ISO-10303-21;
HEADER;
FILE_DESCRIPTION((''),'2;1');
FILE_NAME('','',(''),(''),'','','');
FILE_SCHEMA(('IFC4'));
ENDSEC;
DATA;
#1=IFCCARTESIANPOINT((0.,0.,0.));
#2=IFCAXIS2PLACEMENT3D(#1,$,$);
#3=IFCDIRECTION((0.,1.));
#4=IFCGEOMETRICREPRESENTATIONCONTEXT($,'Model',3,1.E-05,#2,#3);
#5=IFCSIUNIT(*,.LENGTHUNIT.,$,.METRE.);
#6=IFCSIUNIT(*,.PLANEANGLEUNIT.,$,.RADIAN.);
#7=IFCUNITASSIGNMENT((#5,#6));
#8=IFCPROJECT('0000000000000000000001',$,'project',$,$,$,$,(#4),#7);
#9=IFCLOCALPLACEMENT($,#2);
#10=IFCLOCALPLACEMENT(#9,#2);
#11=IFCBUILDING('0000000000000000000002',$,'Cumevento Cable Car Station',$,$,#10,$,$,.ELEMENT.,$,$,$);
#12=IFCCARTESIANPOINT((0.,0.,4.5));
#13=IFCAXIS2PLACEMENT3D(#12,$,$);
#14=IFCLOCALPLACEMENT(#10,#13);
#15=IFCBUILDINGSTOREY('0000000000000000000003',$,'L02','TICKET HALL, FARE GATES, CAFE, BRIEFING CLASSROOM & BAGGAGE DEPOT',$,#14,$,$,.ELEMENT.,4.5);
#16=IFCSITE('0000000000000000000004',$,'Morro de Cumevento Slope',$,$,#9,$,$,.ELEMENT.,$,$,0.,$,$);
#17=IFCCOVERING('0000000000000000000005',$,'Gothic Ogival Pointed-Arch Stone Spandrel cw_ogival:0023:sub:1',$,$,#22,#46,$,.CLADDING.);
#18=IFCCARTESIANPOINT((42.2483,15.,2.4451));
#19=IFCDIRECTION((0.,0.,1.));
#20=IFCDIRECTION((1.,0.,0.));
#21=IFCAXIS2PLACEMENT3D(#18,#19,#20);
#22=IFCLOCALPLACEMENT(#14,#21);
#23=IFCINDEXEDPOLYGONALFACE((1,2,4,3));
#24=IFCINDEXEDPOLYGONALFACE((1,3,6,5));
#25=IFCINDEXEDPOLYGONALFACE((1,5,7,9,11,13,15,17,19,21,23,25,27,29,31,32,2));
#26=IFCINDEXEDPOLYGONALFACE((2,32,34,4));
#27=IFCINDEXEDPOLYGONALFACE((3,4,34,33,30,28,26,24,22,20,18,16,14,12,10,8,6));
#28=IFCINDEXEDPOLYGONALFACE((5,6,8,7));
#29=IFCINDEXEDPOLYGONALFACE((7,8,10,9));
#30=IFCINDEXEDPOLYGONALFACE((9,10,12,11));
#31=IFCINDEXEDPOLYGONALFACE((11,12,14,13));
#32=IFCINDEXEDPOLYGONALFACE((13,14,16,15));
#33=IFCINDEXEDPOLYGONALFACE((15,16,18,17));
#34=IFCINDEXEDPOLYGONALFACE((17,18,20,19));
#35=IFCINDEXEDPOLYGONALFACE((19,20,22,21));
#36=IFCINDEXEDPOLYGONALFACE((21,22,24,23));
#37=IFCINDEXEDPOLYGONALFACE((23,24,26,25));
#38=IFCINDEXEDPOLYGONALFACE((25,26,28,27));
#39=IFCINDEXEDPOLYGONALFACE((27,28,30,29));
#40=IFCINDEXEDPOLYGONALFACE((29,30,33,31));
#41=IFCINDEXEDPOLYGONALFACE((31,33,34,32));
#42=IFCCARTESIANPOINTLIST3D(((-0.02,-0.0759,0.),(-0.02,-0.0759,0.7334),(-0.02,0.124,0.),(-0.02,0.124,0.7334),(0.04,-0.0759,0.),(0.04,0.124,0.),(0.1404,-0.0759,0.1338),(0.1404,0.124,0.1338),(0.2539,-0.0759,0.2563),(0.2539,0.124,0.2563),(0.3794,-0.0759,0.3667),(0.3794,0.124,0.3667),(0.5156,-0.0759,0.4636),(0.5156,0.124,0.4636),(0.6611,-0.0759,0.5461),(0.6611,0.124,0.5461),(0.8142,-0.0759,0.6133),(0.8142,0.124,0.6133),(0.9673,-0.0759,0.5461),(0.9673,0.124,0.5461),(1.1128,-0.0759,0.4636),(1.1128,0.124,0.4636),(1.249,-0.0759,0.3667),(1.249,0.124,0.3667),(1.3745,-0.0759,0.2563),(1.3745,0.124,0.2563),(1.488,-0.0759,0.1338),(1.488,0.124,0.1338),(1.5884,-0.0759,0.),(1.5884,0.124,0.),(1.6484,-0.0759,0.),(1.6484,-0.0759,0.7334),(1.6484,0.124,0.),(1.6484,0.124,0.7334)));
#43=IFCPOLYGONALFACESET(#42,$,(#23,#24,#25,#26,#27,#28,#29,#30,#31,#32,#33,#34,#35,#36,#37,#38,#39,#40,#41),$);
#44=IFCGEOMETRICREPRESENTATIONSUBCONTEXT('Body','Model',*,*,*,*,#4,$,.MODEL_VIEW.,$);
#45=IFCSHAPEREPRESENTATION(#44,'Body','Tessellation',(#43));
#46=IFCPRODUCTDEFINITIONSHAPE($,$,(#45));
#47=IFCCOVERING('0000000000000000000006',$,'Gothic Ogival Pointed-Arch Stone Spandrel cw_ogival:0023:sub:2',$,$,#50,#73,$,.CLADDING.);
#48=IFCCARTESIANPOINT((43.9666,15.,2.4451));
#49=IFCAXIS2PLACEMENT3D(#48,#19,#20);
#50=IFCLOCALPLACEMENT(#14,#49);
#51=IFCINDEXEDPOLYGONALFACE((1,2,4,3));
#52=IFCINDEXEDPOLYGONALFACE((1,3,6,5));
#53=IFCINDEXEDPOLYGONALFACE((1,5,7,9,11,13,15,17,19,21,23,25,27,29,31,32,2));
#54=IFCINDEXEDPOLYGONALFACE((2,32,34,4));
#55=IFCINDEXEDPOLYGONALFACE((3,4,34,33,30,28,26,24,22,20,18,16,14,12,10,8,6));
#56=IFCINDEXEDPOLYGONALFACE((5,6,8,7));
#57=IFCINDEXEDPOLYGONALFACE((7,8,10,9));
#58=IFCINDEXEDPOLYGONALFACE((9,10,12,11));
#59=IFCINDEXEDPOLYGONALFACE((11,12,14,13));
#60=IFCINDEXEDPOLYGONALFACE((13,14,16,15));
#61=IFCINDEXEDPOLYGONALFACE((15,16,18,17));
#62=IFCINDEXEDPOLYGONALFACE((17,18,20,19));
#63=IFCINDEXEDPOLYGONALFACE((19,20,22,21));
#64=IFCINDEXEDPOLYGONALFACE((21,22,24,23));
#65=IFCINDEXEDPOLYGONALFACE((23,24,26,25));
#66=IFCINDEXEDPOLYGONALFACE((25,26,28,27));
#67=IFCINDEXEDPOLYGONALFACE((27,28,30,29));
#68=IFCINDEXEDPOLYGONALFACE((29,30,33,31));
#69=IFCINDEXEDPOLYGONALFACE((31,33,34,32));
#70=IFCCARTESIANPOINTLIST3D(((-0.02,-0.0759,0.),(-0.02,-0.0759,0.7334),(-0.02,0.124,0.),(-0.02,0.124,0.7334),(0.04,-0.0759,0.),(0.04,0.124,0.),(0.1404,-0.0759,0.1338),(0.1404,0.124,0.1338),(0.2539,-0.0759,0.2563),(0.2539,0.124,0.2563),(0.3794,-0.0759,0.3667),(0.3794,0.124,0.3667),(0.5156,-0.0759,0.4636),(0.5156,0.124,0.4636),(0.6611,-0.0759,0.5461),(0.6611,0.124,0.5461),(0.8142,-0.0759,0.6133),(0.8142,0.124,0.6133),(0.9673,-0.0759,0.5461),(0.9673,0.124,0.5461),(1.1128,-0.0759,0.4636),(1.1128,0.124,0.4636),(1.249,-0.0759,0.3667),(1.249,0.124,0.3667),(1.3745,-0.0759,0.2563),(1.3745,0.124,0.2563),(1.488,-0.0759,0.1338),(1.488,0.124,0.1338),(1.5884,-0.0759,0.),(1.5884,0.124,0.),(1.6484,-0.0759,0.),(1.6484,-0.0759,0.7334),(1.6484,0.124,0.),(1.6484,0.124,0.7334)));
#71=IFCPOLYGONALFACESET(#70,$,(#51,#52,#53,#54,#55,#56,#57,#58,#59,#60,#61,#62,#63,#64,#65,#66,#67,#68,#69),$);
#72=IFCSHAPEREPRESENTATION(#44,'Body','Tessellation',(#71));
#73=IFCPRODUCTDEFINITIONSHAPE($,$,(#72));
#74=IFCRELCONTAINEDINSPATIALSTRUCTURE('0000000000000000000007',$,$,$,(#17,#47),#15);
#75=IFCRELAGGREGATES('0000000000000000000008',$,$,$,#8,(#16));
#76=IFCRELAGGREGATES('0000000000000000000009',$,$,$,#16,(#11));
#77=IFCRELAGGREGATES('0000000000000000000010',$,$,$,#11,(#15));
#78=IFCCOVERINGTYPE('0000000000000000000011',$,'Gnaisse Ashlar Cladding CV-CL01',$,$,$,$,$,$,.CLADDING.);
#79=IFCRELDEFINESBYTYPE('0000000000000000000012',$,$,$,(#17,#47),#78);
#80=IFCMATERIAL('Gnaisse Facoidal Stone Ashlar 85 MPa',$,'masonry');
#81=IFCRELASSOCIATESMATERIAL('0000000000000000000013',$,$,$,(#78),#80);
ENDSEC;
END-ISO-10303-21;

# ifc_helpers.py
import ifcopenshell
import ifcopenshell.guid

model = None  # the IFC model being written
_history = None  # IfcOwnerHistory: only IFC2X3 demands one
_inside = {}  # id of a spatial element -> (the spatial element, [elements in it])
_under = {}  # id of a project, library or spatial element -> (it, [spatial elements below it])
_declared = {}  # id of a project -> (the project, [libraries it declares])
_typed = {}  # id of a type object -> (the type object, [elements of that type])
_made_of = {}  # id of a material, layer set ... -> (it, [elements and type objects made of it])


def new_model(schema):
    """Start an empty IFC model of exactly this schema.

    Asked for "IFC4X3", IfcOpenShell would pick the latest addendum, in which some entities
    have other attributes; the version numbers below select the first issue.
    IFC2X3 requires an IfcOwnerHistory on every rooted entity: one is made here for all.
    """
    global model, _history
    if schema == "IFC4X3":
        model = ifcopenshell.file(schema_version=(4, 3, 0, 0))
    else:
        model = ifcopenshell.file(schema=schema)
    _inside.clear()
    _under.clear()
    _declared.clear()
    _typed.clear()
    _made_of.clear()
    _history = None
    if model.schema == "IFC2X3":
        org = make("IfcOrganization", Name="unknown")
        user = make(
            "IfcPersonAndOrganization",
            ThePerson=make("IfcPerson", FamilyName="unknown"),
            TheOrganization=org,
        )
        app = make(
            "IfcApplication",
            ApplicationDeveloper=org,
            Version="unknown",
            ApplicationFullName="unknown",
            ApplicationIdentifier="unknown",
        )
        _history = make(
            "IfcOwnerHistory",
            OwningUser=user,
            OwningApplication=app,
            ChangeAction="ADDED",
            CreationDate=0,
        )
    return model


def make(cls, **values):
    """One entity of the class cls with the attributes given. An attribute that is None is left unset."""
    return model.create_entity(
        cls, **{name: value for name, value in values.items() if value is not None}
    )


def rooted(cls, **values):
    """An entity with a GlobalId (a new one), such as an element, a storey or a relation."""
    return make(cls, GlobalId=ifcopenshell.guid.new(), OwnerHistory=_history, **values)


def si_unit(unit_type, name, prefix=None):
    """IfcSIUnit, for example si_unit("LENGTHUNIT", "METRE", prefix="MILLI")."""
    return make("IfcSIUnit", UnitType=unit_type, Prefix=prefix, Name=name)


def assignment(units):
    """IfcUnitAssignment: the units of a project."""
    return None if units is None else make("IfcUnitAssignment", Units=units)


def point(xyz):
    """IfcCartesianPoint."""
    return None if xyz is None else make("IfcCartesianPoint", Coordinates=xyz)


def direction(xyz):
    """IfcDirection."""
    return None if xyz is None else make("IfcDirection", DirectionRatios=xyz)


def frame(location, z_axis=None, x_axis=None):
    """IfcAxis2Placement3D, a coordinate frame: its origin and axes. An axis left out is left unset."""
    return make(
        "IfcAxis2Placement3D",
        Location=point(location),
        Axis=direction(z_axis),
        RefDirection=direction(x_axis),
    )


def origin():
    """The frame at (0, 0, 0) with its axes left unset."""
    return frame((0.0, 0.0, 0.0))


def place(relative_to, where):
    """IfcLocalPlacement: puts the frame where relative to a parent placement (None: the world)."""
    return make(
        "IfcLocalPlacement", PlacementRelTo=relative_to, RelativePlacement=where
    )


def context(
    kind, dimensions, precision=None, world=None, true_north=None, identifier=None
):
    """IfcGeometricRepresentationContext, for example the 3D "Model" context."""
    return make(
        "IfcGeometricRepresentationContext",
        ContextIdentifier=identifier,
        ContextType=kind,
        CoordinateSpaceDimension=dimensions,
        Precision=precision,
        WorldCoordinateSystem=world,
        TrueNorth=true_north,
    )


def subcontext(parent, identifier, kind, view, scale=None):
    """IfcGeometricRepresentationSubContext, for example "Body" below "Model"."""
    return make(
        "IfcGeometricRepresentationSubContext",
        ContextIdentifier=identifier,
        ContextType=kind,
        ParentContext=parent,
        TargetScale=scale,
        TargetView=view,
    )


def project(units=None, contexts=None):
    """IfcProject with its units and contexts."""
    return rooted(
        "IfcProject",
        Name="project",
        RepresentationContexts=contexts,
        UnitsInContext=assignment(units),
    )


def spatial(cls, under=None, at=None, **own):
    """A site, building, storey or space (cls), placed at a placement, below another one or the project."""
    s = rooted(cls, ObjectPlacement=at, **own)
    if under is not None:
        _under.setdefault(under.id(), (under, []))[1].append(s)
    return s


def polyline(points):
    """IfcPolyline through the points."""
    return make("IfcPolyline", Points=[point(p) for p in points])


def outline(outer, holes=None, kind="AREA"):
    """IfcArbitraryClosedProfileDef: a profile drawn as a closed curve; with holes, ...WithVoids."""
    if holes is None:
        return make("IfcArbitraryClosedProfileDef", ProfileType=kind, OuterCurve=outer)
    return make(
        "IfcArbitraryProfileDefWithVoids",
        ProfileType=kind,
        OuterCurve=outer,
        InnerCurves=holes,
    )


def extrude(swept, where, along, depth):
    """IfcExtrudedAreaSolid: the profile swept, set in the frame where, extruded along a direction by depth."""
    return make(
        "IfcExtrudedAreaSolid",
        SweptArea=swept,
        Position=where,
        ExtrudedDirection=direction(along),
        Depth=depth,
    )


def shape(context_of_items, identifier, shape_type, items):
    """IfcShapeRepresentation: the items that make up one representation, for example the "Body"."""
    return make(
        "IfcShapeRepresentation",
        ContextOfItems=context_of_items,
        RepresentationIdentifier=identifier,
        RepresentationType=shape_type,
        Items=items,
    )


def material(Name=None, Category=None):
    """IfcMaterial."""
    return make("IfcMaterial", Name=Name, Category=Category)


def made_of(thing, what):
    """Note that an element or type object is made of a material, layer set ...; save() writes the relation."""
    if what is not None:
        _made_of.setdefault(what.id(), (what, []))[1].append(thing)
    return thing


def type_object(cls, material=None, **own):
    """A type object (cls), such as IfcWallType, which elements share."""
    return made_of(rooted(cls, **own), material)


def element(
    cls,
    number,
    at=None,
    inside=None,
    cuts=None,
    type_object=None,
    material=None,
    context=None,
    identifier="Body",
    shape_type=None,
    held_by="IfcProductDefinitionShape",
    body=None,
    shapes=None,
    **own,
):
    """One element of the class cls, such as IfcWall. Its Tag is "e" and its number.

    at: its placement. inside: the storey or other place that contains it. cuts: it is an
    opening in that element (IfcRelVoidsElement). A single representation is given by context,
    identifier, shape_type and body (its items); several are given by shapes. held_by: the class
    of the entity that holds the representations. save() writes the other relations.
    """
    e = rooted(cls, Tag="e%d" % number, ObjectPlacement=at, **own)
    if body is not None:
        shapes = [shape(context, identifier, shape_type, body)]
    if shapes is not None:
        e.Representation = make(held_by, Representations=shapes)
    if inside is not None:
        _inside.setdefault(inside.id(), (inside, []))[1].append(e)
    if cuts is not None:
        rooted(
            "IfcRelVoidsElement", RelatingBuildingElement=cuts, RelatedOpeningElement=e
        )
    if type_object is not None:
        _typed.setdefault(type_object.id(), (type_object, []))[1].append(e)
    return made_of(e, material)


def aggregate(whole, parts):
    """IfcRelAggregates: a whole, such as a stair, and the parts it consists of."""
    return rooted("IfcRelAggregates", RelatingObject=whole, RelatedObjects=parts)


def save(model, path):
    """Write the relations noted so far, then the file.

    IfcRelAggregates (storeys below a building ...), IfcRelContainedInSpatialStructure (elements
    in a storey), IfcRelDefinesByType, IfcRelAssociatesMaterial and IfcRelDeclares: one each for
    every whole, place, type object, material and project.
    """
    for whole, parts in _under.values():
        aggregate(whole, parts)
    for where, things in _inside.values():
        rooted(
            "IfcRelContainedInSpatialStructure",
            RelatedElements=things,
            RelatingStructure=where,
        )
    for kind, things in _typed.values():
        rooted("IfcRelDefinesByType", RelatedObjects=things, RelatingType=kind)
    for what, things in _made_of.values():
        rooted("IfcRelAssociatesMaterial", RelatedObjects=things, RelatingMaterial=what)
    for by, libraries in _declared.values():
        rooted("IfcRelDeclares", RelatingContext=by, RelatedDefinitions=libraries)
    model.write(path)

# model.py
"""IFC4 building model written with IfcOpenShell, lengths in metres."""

from ifc_helpers import new_model, si_unit, direction, frame, origin, place, context, subcontext, project, spatial, polyline, outline, extrude, material, type_object, element, save


model = new_model("IFC4")

# Units and contexts
model_context = context("Model", 3, precision=1e-05, world=origin(), true_north=direction((0.0, 1.0)))
body_context = subcontext(model_context, "Body", "Model", "MODEL_VIEW")
ifc_project = project(units=[si_unit("LENGTHUNIT", "METRE"), si_unit("PLANEANGLEUNIT", "RADIAN")], contexts=[model_context])

# Site, building, storey
site_placement = place(None, origin())
site = spatial("IfcSite", under=ifc_project, at=site_placement, Name="Morro de Cumevento Slope", CompositionType="ELEMENT", RefElevation=0.0)
building_placement = place(site_placement, origin())
building = spatial("IfcBuilding", under=site, at=building_placement, Name="Cumevento Cable Car Station", CompositionType="ELEMENT")
storey_placement = place(building_placement, frame((0.0, 0.0, 4.5)))
storey = spatial("IfcBuildingStorey", under=building, at=storey_placement, Name="L02", Description="TICKET HALL, FARE GATES, CAFE, BRIEFING CLASSROOM & BAGGAGE DEPOT", CompositionType="ELEMENT", Elevation=4.5)

# Coverings
ifc_material_1 = material(Name="Gnaisse Facoidal Stone Ashlar 85 MPa", Category="masonry")
covering_type = type_object("IfcCoveringType", Name="Gnaisse Ashlar Cladding CV-CL01", PredefinedType="CLADDING", material=ifc_material_1)
for number, where, z_axis, x_axis, name in (
    (1, (42.2483, 15.0, 2.4451), (0.0, 0.0, 1.0), (1.0, 0.0, 0.0), "Gothic Ogival Pointed-Arch Stone Spandrel cw_ogival:0023:sub:1"),
    (2, (43.9666, 15.0, 2.4451), (0.0, 0.0, 1.0), (1.0, 0.0, 0.0), "Gothic Ogival Pointed-Arch Stone Spandrel cw_ogival:0023:sub:2"),
):
    element("IfcCovering", number, at=place(storey_placement, frame(where, z_axis=z_axis, x_axis=x_axis)), inside=storey, type_object=covering_type, Name=name, PredefinedType="CLADDING", context=body_context, shape_type="SweptSolid", body=[
        extrude(outline(polyline([(-0.02, 0.0), (-0.02, 0.7334), (1.6484, 0.7334), (1.6484, 0.0), (1.5884, 0.0), (1.488, 0.1338), (1.3745, 0.2563), (1.249, 0.3667), (1.1128, 0.4636), (0.9673, 0.5461), (0.8142, 0.6133), (0.6611, 0.5461), (0.5156, 0.4636), (0.3794, 0.3667), (0.2539, 0.2563), (0.1404, 0.1338), (0.04, 0.0), (-0.02, 0.0)])), frame((0.0, 0.124, 0.0), z_axis=(0.0, -1.0, 0.0), x_axis=(1.0, 0.0, 0.0)), (0.0, 0.0, 1.0), 0.2),
    ])

save(model, "model.ifc")
